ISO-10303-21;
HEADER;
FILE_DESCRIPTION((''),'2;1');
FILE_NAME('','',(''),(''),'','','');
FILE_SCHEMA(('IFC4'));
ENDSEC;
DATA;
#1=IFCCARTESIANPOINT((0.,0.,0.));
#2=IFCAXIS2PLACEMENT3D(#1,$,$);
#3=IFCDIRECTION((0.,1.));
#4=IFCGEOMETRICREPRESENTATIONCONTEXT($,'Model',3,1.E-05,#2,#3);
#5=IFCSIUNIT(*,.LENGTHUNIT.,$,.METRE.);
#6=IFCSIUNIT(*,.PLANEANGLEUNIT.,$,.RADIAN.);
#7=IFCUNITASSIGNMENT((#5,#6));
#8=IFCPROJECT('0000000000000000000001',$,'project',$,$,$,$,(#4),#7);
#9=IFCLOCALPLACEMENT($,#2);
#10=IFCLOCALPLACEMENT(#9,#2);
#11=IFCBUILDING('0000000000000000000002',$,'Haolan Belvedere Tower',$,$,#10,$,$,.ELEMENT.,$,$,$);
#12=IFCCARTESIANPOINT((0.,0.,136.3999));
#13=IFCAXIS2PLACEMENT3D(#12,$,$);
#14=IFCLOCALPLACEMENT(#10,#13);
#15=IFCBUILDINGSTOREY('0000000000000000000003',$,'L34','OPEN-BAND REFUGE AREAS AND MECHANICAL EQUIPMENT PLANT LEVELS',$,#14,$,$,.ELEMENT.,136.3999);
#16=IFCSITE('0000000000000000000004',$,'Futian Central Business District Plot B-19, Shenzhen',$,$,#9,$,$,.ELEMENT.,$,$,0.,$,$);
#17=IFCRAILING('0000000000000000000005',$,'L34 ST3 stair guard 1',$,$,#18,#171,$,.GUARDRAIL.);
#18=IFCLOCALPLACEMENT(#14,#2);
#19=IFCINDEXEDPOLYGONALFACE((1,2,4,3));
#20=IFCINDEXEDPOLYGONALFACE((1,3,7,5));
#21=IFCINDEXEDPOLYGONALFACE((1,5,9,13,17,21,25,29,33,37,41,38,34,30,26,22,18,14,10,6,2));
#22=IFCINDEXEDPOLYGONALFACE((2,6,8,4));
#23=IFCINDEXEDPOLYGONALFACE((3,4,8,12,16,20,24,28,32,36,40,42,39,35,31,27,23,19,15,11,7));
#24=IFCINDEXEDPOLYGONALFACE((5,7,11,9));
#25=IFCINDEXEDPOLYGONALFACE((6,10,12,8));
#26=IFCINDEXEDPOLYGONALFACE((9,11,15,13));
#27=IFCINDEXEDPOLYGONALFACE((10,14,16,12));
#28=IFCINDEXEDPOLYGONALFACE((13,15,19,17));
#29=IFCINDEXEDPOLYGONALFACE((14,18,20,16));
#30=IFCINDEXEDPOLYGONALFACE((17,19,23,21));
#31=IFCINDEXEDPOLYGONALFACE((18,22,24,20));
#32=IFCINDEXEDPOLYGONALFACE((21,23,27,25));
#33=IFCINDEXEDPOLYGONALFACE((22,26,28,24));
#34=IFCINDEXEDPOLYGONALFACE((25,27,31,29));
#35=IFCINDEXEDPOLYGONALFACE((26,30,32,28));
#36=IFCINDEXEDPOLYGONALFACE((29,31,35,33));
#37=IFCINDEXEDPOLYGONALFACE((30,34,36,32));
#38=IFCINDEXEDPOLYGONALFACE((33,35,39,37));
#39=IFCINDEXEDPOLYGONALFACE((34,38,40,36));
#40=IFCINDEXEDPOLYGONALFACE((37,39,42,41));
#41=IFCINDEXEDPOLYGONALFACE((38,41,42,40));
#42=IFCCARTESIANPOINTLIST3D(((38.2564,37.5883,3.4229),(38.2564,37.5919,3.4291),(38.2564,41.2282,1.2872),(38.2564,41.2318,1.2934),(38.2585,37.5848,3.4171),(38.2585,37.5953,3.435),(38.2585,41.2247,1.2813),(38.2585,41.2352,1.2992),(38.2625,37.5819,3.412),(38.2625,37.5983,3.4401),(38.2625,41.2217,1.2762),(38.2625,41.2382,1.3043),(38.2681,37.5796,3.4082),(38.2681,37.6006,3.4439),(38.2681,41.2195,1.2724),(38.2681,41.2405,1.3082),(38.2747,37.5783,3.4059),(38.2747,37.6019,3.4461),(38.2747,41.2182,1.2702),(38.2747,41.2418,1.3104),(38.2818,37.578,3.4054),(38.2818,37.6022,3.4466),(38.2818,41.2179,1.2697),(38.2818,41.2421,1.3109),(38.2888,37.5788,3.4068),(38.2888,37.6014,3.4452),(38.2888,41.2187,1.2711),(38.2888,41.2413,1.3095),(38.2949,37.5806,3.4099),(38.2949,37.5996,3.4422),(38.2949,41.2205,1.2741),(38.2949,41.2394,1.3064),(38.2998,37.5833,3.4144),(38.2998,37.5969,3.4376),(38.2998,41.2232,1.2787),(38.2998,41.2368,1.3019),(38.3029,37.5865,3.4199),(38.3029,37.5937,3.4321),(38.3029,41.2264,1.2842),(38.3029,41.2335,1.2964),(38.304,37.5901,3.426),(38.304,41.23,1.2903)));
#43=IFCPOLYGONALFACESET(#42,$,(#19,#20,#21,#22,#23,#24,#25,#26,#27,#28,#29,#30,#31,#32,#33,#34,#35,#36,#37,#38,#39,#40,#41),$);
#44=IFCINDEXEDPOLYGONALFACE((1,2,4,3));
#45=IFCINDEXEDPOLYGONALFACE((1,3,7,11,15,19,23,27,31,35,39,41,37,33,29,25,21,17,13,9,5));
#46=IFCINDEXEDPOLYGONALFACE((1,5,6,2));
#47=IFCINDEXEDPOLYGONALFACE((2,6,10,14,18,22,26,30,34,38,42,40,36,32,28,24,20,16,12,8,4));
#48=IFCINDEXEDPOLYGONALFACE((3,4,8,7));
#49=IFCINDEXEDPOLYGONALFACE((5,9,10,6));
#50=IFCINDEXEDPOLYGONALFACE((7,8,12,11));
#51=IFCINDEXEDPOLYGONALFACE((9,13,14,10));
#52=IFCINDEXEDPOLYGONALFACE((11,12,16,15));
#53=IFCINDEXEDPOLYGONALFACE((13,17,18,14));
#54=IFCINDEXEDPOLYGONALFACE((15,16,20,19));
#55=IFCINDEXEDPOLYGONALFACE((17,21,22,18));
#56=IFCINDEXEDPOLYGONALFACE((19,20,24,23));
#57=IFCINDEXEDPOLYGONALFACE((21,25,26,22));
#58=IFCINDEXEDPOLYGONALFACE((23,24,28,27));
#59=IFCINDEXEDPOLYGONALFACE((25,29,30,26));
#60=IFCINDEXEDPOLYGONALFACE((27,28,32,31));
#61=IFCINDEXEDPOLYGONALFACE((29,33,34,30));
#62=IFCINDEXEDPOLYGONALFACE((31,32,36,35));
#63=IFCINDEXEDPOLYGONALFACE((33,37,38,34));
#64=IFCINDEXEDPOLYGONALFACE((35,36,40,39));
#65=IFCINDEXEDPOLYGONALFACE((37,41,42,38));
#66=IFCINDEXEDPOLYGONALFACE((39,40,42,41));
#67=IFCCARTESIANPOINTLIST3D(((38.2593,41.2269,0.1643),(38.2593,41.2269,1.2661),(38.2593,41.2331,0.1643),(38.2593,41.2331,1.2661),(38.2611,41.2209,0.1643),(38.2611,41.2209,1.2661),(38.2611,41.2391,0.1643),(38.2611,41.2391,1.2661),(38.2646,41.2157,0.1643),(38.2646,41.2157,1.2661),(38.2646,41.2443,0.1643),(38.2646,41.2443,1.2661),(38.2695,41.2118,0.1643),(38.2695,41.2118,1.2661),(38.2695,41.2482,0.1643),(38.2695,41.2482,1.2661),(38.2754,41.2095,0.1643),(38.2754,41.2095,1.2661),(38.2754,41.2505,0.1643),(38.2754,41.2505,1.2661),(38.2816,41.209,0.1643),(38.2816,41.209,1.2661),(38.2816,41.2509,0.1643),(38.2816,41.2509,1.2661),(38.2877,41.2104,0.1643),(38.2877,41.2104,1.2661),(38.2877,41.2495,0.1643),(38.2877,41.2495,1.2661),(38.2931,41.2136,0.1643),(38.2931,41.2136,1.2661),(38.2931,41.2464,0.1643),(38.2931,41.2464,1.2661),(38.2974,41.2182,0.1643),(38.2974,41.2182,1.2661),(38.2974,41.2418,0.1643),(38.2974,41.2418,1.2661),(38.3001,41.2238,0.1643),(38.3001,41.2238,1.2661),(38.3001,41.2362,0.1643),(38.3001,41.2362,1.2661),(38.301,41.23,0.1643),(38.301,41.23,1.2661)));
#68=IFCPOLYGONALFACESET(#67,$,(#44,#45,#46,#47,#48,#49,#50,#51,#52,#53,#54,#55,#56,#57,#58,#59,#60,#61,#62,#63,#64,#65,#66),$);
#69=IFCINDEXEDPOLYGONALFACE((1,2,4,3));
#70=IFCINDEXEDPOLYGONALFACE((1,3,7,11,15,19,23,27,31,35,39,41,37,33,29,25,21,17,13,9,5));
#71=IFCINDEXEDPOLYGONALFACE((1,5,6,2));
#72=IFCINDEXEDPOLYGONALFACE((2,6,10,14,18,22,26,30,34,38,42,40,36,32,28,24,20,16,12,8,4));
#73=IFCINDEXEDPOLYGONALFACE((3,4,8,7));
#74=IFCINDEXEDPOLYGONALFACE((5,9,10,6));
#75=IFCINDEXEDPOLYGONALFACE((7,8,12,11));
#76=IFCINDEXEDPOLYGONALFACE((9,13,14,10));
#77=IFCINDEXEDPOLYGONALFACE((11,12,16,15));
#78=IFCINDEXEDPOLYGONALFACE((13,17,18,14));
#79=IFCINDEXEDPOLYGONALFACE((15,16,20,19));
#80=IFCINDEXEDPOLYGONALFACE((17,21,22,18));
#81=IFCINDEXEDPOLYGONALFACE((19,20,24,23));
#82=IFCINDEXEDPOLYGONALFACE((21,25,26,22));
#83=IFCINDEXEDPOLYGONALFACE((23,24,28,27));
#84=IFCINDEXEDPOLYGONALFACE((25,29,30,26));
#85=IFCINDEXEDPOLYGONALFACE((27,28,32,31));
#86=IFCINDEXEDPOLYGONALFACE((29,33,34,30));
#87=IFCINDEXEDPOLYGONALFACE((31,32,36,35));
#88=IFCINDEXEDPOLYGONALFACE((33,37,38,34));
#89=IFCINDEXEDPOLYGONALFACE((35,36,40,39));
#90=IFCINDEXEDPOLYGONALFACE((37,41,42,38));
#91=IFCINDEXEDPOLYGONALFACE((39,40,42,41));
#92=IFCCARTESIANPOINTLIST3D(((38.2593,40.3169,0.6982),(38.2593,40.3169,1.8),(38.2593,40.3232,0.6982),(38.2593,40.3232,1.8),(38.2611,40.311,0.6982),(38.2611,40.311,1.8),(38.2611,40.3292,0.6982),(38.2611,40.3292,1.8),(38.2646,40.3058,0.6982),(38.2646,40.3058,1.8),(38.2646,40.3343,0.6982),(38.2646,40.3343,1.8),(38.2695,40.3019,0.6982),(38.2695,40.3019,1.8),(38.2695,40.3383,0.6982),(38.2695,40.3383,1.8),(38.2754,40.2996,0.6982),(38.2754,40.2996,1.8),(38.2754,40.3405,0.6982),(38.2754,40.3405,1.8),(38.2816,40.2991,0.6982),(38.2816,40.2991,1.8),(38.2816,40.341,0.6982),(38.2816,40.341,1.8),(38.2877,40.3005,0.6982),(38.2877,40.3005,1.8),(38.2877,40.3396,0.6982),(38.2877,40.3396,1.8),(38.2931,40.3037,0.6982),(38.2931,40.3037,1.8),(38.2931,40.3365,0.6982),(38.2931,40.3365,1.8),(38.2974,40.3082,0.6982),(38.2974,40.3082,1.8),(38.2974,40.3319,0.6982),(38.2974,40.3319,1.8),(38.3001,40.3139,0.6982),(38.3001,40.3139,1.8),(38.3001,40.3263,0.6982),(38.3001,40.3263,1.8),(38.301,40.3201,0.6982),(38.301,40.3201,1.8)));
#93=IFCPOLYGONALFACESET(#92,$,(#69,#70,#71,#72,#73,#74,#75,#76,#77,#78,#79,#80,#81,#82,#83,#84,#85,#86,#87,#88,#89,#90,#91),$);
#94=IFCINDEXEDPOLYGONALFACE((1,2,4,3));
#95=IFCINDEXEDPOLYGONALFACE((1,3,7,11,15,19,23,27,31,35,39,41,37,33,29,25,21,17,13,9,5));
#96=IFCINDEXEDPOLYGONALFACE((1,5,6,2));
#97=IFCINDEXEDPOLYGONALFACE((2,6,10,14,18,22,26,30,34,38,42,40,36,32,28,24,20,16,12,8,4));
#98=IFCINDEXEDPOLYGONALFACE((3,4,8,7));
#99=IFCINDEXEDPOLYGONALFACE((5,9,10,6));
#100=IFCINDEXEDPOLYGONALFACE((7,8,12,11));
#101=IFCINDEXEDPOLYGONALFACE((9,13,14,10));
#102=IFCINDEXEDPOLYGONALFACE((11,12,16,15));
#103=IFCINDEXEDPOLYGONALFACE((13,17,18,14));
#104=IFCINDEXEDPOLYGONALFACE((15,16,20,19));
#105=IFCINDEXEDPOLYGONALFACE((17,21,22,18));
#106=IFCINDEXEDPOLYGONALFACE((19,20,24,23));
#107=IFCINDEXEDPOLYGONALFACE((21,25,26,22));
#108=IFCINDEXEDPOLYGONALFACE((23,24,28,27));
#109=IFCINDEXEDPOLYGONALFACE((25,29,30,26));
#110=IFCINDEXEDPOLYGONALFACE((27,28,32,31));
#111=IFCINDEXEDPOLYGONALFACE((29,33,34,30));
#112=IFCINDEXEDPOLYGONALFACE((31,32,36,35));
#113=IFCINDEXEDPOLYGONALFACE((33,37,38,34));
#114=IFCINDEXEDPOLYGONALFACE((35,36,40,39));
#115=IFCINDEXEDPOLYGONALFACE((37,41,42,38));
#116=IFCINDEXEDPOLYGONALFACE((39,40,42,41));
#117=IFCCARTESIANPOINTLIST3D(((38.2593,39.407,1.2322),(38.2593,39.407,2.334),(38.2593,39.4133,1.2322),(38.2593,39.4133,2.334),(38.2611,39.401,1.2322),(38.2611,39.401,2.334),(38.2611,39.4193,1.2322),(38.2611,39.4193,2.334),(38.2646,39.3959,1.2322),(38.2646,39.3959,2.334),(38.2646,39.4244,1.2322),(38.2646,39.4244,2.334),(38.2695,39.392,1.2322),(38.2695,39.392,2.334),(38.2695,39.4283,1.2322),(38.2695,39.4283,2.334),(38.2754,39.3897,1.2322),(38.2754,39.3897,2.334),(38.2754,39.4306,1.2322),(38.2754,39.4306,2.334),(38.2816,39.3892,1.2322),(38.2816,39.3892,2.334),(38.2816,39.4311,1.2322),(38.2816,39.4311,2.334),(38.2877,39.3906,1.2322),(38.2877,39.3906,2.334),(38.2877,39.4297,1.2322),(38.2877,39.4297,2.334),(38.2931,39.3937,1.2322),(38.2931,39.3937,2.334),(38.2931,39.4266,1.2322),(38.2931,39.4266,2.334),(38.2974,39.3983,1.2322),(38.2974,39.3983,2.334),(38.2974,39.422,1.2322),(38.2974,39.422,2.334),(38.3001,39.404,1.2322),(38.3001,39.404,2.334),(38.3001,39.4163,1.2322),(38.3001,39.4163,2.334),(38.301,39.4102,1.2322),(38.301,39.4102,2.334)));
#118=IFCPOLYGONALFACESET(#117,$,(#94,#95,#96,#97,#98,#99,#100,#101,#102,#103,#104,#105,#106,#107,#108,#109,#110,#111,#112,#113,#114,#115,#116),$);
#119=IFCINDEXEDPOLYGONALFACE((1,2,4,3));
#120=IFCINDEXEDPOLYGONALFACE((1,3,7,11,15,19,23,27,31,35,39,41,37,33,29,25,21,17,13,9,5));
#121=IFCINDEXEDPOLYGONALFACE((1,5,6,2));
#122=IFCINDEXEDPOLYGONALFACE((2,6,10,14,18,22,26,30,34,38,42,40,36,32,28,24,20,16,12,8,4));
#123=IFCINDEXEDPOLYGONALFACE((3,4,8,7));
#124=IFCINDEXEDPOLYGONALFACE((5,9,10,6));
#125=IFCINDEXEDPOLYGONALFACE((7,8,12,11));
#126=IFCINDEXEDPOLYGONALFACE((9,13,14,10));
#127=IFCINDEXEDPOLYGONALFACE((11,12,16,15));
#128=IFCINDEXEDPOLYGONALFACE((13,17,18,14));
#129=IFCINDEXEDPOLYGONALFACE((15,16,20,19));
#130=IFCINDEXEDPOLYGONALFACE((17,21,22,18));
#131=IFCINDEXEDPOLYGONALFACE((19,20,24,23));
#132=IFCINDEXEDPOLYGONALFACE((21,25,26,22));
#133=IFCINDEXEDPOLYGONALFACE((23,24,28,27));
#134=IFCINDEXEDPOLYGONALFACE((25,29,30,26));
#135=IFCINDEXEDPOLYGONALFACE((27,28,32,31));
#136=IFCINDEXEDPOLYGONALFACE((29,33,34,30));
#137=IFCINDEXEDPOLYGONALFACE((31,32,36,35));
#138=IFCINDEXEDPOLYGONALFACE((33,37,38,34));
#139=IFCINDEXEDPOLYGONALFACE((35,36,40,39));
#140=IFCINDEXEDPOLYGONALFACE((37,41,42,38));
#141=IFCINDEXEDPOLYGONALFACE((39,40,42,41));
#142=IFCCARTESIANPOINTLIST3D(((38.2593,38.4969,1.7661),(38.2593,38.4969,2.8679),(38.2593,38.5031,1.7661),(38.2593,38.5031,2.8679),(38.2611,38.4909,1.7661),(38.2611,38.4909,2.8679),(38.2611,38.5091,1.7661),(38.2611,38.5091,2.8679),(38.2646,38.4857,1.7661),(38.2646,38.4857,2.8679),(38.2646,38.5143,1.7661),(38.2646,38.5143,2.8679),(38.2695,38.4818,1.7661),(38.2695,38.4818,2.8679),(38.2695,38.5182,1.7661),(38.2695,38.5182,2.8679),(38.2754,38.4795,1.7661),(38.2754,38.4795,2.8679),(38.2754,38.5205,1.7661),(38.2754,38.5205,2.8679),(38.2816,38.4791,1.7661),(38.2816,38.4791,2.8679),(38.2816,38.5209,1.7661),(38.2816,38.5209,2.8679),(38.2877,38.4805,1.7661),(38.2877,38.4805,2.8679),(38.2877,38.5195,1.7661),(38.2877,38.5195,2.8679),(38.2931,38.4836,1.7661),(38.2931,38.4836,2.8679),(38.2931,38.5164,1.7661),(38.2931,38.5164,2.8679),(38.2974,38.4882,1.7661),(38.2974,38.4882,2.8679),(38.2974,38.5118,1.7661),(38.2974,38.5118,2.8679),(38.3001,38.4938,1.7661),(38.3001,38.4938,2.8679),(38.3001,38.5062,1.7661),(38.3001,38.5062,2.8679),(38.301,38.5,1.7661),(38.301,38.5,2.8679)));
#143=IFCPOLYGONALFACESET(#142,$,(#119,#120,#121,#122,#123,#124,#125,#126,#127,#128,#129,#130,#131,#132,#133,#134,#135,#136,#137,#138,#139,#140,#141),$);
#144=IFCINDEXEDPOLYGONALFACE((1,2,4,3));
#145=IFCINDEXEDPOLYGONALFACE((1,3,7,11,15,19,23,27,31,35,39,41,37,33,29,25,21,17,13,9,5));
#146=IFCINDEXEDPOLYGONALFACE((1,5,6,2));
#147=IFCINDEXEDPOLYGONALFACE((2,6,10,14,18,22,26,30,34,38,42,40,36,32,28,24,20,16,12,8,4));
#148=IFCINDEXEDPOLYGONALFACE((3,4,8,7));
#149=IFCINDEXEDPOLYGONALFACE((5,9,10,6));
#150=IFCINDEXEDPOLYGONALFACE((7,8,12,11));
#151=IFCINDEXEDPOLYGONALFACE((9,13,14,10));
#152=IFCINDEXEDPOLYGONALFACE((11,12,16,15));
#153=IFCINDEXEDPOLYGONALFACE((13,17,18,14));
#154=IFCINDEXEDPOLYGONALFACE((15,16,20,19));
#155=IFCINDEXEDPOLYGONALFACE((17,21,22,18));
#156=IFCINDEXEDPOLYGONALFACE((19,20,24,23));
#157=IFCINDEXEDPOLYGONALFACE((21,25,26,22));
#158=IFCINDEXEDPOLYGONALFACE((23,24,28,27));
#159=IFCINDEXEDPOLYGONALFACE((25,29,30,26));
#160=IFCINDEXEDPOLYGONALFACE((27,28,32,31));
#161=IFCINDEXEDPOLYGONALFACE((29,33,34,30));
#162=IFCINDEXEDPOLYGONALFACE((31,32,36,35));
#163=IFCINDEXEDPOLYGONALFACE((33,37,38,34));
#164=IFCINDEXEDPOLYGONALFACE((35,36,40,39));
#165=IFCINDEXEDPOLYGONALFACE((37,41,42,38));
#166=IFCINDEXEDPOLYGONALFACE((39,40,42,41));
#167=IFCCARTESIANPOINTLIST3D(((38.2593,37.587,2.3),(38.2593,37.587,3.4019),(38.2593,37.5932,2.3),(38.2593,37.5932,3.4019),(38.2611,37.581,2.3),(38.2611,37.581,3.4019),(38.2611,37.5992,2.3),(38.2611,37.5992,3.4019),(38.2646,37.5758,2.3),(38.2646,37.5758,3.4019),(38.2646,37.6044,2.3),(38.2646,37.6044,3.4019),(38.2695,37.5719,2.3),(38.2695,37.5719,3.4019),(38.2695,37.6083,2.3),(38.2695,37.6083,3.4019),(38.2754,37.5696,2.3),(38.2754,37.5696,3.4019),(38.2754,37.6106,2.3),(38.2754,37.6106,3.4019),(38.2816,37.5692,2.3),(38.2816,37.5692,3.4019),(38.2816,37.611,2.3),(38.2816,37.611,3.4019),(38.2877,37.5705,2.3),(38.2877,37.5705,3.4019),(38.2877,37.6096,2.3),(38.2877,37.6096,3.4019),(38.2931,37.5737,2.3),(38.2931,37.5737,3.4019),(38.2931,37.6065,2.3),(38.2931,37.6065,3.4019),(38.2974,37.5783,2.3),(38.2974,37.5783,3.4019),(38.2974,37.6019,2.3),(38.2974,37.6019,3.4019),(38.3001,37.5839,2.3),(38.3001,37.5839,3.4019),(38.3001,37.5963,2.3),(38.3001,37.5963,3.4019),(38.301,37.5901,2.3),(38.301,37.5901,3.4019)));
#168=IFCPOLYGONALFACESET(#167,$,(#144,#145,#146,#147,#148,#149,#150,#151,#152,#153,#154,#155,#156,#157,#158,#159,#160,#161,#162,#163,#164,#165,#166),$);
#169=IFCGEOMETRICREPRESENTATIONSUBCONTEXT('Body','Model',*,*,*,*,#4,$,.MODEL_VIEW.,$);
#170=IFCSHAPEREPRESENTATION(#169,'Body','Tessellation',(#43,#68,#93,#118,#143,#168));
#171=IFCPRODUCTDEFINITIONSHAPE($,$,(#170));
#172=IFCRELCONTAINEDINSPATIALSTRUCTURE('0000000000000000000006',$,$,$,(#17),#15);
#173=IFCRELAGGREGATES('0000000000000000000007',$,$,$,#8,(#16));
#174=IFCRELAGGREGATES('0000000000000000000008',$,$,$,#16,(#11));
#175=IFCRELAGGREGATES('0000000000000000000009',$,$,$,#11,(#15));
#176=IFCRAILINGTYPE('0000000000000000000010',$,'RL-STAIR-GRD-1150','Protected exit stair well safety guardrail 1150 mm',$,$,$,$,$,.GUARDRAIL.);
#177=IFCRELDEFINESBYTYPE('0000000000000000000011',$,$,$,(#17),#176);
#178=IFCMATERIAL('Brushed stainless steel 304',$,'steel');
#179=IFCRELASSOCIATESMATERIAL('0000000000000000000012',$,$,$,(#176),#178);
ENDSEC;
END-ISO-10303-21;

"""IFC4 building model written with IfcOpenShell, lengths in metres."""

from ifc_helpers import new_model, si_unit, direction, frame, origin, origin_2d, place, context, subcontext, project, spatial, circle, extrude, material, type_object, element, save


model = new_model("IFC4")

# Units and contexts
model_context = context("Model", 3, precision=1e-05, world=origin(), true_north=direction((0.0, 1.0)))
body_context = subcontext(model_context, "Body", "Model", "MODEL_VIEW")
ifc_project = project(units=[si_unit("LENGTHUNIT", "METRE"), si_unit("PLANEANGLEUNIT", "RADIAN")], contexts=[model_context])

# Site, building, storey
site_placement = place(None, origin())
site = spatial("IfcSite", under=ifc_project, at=site_placement, Name="Futian Central Business District Plot B-19, Shenzhen", CompositionType="ELEMENT", RefElevation=0.0)
building_placement = place(site_placement, origin())
building = spatial("IfcBuilding", under=site, at=building_placement, Name="Haolan Belvedere Tower", CompositionType="ELEMENT")
storey_placement = place(building_placement, frame((0.0, 0.0, 136.3999)))
storey = spatial("IfcBuildingStorey", under=building, at=storey_placement, Name="L34", Description="OPEN-BAND REFUGE AREAS AND MECHANICAL EQUIPMENT PLANT LEVELS", CompositionType="ELEMENT", Elevation=136.3999)

# Railing
ifc_material_1 = material(Name="Brushed stainless steel 304", Category="steel")
railing_type_1 = type_object("IfcRailingType", Name="RL-STAIR-GRD-1150", Description="Protected exit stair well safety guardrail 1150 mm", PredefinedType="GUARDRAIL", material=ifc_material_1)
railing_1_placement = place(storey_placement, frame((38.28, 41.23, 0.1643)))
element("IfcRailing", 1, at=railing_1_placement, inside=storey, type_object=railing_type_1, Name="L34 ST3 stair guard 1", PredefinedType="GUARDRAIL", context=body_context, shape_type="SweptSolid", body=[
    extrude(circle(Radius=0.0239, at=origin_2d()), frame((0.0, 0.0, 1.126), z_axis=(0.0, -0.86249, 0.506074), x_axis=(1.0, 0.0, 0.0)), (0.0, 0.0, 1.0), 4.2202),
    extrude(circle(Radius=0.021, at=origin_2d()), origin(), (0.0, 0.0, 1.0), 1.1018),
    extrude(circle(Radius=0.021, at=origin_2d()), frame((0.0, -0.9099, 0.5339)), (0.0, 0.0, 1.0), 1.1018),
    extrude(circle(Radius=0.021, at=origin_2d()), frame((0.0, -1.8198, 1.0679)), (0.0, 0.0, 1.0), 1.1018),
    extrude(circle(Radius=0.021, at=origin_2d()), frame((0.0, -2.73, 1.6018)), (0.0, 0.0, 1.0), 1.1018),
    extrude(circle(Radius=0.021, at=origin_2d()), frame((0.0, -3.6399, 2.1357)), (0.0, 0.0, 1.0), 1.1018),
])

save(model, "model.ifc")
